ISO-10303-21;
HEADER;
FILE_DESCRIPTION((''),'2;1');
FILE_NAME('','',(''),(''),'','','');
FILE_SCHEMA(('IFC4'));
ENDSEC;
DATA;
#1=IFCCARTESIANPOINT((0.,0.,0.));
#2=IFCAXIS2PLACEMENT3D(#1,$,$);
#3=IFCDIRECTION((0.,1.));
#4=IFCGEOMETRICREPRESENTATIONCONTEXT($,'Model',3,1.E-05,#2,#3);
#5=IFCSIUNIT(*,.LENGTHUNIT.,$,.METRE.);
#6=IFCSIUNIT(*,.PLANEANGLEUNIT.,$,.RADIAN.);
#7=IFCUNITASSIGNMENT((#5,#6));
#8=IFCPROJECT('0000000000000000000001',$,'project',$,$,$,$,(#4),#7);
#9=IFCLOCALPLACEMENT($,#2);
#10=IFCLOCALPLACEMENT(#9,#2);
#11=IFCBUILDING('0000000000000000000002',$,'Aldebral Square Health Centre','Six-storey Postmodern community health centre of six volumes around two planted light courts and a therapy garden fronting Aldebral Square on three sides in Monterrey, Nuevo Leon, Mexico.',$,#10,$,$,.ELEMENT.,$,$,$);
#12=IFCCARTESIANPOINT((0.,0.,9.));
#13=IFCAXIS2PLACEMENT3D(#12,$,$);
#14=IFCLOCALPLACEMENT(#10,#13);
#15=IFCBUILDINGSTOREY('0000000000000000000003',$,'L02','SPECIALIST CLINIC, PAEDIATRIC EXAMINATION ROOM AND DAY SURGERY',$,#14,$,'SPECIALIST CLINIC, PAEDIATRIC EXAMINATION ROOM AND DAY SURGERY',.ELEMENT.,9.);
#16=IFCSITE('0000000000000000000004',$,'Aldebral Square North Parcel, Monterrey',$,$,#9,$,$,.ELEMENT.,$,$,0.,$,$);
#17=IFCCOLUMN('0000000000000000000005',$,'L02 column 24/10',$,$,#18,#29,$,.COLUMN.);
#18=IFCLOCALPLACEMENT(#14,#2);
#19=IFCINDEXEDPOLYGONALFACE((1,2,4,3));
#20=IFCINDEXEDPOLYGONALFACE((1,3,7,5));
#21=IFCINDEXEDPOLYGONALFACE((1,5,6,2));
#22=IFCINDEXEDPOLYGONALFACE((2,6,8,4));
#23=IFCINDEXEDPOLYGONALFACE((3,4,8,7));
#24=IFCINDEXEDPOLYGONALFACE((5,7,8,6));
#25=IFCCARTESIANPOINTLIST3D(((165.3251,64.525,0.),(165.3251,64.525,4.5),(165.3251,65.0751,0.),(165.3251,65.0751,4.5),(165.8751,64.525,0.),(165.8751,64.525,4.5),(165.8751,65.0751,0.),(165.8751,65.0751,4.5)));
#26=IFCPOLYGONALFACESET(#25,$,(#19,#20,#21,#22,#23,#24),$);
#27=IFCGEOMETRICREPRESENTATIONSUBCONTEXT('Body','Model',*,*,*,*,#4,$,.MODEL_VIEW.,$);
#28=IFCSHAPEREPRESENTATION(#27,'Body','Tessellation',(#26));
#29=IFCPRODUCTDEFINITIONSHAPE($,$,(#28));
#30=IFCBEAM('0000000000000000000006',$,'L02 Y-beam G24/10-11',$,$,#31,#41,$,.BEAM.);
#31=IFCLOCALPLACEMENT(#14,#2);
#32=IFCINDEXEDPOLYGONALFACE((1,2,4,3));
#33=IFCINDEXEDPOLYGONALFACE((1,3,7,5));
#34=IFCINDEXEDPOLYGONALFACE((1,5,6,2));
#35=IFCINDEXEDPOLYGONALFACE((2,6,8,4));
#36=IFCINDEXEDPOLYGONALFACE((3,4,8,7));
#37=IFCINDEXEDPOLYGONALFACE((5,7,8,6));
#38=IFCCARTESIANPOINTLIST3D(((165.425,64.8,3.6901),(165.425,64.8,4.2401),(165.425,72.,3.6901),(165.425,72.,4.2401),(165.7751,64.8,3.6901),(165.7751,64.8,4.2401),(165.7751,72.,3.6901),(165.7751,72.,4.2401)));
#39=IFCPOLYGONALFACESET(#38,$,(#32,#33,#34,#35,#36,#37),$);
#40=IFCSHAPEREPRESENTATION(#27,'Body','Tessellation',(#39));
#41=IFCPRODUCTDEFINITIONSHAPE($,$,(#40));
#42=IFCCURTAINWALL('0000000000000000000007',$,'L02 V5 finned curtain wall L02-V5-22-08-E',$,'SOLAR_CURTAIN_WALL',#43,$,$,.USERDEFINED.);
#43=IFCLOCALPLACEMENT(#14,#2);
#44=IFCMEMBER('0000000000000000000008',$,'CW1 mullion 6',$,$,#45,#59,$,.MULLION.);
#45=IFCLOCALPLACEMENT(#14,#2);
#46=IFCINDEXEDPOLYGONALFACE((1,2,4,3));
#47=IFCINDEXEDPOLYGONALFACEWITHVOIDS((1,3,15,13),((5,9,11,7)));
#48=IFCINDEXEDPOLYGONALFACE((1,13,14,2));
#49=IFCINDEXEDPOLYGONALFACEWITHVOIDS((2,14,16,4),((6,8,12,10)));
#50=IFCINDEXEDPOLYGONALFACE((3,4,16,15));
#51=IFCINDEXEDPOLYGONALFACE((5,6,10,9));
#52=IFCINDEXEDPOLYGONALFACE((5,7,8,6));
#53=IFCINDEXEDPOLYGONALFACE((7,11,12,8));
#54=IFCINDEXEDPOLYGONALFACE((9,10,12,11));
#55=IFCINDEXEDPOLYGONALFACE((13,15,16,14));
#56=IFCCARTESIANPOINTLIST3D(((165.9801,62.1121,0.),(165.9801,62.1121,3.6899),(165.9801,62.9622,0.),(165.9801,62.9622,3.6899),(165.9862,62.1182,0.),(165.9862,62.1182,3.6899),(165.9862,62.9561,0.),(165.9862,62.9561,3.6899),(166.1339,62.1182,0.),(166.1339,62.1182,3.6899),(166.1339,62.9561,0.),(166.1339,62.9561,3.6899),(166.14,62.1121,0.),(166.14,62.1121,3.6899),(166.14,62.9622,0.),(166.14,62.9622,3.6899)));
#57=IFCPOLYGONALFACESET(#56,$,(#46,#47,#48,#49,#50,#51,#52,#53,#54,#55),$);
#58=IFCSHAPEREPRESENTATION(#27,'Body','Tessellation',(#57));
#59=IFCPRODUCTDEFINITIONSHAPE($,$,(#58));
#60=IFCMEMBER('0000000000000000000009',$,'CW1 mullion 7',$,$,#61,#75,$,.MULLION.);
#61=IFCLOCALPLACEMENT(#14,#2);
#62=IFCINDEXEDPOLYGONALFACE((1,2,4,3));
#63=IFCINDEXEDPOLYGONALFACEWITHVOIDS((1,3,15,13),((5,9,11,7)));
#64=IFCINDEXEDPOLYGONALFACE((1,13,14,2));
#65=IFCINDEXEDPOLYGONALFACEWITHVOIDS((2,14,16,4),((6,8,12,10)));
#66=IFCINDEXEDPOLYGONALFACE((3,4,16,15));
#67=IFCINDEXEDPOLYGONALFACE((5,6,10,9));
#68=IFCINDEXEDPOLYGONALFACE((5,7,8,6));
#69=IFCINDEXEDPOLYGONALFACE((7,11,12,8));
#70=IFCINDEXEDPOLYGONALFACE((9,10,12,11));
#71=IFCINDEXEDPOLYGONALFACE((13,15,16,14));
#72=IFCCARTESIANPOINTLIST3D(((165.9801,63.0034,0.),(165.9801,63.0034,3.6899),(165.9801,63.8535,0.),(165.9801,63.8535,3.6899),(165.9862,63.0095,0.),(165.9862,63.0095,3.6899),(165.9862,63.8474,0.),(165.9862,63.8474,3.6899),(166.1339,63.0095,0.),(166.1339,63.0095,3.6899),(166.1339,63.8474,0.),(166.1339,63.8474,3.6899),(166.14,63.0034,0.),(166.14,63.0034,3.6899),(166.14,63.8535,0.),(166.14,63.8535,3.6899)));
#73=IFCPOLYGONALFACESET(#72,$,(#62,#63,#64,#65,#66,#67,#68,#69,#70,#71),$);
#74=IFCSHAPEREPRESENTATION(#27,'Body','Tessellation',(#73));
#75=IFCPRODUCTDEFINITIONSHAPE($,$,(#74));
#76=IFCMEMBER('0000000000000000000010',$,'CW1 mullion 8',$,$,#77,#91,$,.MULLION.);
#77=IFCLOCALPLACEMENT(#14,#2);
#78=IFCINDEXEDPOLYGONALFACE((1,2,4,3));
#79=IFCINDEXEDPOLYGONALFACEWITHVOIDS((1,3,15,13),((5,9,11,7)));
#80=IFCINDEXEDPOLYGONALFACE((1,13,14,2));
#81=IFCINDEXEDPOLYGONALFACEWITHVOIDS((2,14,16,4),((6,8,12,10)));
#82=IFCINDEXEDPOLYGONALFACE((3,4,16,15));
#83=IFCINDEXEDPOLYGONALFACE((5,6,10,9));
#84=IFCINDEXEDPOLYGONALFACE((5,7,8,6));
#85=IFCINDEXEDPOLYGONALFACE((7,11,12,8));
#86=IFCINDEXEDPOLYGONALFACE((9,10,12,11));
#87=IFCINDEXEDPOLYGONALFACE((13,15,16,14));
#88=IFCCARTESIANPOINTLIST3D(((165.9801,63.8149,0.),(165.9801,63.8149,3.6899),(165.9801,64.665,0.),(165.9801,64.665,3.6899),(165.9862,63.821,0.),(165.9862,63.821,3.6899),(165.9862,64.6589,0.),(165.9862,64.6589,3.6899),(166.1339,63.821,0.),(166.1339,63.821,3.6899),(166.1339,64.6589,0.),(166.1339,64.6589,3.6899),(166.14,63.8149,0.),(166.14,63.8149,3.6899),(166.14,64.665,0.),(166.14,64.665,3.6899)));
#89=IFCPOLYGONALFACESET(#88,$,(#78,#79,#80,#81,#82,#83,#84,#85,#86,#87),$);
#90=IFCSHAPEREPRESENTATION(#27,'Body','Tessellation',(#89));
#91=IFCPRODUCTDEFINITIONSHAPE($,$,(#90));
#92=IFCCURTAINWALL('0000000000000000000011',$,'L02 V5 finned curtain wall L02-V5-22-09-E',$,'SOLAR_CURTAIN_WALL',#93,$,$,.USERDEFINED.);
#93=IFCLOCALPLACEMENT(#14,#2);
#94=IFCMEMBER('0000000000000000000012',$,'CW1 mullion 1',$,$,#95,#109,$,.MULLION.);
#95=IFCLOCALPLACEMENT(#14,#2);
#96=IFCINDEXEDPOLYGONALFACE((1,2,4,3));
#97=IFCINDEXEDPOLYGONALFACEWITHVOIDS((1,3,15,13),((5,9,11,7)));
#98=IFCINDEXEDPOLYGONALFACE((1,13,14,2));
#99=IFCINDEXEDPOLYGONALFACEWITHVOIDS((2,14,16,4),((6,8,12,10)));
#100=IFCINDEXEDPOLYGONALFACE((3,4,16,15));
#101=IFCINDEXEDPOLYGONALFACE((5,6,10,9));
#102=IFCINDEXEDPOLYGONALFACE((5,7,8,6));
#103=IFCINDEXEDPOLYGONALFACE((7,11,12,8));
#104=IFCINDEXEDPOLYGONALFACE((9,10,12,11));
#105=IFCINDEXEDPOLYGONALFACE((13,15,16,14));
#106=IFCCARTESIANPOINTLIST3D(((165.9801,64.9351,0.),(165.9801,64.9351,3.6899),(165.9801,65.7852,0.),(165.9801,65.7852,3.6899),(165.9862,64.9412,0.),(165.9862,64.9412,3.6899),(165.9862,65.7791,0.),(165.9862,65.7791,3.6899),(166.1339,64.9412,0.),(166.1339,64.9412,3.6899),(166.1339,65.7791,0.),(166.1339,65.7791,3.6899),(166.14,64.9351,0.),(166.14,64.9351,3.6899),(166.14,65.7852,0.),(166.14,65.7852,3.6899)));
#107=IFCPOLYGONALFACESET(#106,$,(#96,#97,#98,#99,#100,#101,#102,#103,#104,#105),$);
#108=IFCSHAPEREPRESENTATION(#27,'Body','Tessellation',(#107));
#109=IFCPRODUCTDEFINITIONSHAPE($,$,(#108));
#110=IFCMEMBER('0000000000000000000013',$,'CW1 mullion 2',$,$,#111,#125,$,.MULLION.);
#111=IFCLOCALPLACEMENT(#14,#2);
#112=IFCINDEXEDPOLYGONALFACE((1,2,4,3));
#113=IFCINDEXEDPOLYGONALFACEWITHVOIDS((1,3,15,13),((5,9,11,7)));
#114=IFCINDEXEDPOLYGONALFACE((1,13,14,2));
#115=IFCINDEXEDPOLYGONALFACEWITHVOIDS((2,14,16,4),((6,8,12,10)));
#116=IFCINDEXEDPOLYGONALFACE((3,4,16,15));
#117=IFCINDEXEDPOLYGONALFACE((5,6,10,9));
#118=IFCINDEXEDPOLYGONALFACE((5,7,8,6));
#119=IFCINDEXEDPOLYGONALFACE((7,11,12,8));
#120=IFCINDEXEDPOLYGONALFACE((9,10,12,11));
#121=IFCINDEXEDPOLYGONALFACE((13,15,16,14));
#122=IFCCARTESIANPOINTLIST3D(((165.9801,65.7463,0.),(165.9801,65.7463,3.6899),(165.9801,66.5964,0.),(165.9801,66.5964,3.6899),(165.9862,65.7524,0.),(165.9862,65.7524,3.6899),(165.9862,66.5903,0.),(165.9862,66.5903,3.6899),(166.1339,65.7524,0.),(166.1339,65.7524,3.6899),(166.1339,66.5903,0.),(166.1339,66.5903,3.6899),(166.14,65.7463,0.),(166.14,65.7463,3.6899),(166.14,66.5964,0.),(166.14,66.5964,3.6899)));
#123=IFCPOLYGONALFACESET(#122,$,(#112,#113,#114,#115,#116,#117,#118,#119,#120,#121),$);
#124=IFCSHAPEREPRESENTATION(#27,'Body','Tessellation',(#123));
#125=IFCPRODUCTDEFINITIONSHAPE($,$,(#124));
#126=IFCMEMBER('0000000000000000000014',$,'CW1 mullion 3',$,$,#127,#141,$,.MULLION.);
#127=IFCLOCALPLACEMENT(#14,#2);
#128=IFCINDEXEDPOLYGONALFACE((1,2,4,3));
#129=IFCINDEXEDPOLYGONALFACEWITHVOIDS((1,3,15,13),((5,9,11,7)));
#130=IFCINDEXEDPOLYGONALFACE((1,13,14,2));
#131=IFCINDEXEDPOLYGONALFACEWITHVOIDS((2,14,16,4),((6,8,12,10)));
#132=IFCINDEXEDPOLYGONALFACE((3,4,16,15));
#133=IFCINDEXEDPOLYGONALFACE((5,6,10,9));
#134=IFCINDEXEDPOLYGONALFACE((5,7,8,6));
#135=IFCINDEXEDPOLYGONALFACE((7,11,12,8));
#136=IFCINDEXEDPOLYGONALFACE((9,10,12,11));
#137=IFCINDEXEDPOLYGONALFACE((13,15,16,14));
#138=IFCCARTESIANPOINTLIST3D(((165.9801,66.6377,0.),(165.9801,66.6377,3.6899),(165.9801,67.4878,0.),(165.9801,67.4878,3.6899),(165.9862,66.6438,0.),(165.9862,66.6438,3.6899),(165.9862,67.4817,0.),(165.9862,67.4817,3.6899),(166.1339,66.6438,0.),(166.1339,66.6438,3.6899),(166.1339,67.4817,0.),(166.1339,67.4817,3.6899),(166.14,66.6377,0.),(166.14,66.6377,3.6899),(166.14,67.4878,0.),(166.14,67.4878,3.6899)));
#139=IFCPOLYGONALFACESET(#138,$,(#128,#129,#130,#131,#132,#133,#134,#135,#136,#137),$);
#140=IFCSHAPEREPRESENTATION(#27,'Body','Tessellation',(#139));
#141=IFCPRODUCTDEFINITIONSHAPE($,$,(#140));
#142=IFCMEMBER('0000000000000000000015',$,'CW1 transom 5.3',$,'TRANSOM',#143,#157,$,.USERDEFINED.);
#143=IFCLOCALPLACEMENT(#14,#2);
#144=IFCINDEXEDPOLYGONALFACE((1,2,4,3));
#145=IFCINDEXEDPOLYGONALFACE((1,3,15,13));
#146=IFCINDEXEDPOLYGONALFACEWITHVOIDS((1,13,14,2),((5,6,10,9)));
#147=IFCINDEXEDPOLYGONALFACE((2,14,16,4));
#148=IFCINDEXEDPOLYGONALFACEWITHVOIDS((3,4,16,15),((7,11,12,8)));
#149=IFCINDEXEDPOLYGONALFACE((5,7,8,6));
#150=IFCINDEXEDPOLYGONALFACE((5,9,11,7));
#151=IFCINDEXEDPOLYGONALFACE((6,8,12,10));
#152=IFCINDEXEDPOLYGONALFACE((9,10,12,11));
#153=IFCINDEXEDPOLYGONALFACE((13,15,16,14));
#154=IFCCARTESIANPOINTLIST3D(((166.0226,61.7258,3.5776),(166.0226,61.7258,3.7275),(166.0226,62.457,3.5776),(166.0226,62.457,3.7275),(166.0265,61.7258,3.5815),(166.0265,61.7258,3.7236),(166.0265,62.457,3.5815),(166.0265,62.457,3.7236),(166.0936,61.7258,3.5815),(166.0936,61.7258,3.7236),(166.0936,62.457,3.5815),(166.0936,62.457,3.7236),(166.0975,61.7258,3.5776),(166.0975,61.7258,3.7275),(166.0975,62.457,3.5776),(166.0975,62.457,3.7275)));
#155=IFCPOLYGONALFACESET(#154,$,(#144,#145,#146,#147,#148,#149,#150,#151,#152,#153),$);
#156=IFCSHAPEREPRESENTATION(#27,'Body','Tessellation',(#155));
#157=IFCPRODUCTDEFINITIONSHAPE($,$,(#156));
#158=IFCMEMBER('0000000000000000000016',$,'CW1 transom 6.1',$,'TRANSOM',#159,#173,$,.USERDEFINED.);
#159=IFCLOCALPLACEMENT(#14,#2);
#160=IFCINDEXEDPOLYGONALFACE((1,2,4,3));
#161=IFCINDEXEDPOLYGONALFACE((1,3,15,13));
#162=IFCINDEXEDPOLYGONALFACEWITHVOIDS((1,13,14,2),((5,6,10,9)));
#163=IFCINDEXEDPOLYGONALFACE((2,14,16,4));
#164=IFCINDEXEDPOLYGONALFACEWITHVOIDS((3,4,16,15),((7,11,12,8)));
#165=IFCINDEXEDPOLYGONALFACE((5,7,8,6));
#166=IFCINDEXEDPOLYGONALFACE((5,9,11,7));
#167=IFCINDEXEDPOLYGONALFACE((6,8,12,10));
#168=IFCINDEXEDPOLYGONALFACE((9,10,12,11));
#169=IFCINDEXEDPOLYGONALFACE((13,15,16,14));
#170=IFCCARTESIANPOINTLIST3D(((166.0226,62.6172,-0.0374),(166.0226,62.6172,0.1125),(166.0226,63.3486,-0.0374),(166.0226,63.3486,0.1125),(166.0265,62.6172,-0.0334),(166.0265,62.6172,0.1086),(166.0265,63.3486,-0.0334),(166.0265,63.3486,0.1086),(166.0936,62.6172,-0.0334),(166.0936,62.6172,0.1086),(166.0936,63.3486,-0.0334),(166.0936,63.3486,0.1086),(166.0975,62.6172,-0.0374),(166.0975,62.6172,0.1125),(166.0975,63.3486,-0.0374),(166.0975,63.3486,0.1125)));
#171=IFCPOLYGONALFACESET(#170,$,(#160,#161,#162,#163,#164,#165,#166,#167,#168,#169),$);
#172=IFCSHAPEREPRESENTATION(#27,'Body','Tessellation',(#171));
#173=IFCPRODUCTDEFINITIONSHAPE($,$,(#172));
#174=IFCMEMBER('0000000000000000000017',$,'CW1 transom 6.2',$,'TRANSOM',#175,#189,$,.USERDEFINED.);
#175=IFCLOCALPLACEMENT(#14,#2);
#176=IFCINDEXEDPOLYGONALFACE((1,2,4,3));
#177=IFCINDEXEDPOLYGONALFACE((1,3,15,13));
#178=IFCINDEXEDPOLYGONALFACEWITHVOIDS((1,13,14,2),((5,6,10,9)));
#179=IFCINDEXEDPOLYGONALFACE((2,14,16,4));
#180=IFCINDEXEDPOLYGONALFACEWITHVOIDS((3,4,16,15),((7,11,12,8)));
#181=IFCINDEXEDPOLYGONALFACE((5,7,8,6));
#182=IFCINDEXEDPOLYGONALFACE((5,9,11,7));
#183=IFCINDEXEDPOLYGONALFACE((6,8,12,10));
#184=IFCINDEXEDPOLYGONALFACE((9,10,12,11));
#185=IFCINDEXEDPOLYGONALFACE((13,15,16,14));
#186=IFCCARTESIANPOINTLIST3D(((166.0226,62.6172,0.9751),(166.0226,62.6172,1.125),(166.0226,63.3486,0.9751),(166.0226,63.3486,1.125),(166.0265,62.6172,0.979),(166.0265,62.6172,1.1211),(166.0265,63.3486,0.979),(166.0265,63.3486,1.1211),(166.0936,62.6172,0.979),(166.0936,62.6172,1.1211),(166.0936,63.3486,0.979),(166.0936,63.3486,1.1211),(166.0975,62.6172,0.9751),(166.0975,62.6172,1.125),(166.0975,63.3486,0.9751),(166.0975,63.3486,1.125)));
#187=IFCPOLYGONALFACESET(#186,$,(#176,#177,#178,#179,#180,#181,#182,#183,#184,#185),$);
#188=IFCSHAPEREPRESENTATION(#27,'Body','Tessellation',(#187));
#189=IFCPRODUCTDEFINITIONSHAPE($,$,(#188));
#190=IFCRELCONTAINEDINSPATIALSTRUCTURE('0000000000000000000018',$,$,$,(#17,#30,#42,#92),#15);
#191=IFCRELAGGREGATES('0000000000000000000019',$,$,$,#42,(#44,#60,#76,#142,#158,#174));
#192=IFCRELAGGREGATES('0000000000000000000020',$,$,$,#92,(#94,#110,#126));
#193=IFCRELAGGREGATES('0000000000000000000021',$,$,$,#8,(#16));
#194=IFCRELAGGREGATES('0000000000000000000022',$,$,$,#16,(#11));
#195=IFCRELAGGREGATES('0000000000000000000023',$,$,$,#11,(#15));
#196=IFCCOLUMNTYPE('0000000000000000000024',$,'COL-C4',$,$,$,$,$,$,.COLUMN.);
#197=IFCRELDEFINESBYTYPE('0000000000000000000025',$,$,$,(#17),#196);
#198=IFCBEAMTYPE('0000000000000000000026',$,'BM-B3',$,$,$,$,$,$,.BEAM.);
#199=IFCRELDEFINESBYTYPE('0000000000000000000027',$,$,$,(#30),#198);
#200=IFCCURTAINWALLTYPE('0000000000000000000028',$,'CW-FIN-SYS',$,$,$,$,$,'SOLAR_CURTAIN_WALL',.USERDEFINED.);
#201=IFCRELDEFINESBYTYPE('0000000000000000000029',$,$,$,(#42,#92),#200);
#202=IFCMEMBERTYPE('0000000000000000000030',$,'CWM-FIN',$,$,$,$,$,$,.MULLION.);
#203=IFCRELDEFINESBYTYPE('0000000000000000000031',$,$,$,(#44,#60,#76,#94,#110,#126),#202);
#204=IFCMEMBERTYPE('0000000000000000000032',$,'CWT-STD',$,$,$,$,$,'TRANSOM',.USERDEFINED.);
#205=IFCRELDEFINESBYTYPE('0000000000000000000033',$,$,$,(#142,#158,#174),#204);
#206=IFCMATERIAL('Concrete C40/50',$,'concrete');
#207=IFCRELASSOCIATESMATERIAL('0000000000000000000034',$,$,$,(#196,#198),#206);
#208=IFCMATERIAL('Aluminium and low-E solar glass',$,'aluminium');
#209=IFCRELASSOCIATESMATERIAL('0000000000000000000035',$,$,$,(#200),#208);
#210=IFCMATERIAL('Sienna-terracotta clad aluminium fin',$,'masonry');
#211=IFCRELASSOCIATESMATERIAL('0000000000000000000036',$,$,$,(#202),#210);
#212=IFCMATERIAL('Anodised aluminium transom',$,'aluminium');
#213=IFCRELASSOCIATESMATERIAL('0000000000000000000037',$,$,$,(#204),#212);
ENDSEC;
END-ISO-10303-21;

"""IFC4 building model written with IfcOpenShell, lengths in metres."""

from ifc_helpers import new_model, si_unit, direction, frame, origin, origin_2d, place, context, subcontext, project, spatial, rectangle, hollow_rectangle, extrude, material, material_profile, profile_set, type_object, element, aggregate, save


model = new_model("IFC4")

# Units and contexts
model_context = context("Model", 3, precision=1e-05, world=origin(), true_north=direction((0.0, 1.0)))
body_context = subcontext(model_context, "Body", "Model", "MODEL_VIEW")
ifc_project = project(units=[si_unit("LENGTHUNIT", "METRE"), si_unit("PLANEANGLEUNIT", "RADIAN")], contexts=[model_context])

# Site, building, storey
site_placement = place(None, origin())
site = spatial("IfcSite", under=ifc_project, at=site_placement, Name="Aldebral Square North Parcel, Monterrey", CompositionType="ELEMENT", RefElevation=0.0)
building_placement = place(site_placement, origin())
building = spatial("IfcBuilding", under=site, at=building_placement, Name="Aldebral Square Health Centre", Description="Six-storey Postmodern community health centre of six volumes around two planted light courts and a therapy garden fronting Aldebral Square on three sides in Monterrey, Nuevo Leon, Mexico.", CompositionType="ELEMENT")
storey_placement = place(building_placement, frame((0.0, 0.0, 9.0)))
storey = spatial("IfcBuildingStorey", under=building, at=storey_placement, Name="L02", Description="SPECIALIST CLINIC, PAEDIATRIC EXAMINATION ROOM AND DAY SURGERY", LongName="SPECIALIST CLINIC, PAEDIATRIC EXAMINATION ROOM AND DAY SURGERY", CompositionType="ELEMENT", Elevation=9.0)

# Column
ifc_material_1 = material(Name="Concrete C40/50", Category="concrete")
ifc_material_profile_1 = material_profile(ifc_material_1, rectangle(XDim=0.55, YDim=0.55, at=origin_2d()), Name="RC 550x550")
ifc_profile_set_1 = profile_set([ifc_material_profile_1], Name="Concrete C40/50")
column_type = type_object("IfcColumnType", Name="COL-C4", PredefinedType="COLUMN", material=ifc_profile_set_1)
column_placement = place(storey_placement, frame((165.6001, 64.8, 0.0), z_axis=(0.0, 0.0, 1.0), x_axis=(1.0, 0.0, 0.0)))
element("IfcColumn", 1, at=column_placement, inside=storey, type_object=column_type, Name="L02 column 24/10", PredefinedType="COLUMN", context=body_context, shape_type="SweptSolid", body=[
    extrude(rectangle(XDim=0.55, YDim=0.55, at=origin_2d()), origin(), (0.0, 0.0, 1.0), 4.5),
])

# Beam
ifc_material_profile_2 = material_profile(ifc_material_1, rectangle(XDim=0.3501, YDim=0.55, at=origin_2d()), Name="RC 350x550")
ifc_profile_set_2 = profile_set([ifc_material_profile_2], Name="Concrete C40/50")
beam_type = type_object("IfcBeamType", Name="BM-B3", PredefinedType="BEAM", material=ifc_profile_set_2)
beam_placement = place(storey_placement, frame((165.6001, 64.8, 3.9651), z_axis=(0.0, 1.0, 0.0), x_axis=(-1.0, 0.0, 0.0)))
element("IfcBeam", 2, at=beam_placement, inside=storey, type_object=beam_type, Name="L02 Y-beam G24/10-11", PredefinedType="BEAM", context=body_context, shape_type="SweptSolid", body=[
    extrude(rectangle(XDim=0.3501, YDim=0.55, at=origin_2d()), origin(), (0.0, 0.0, 1.0), 7.2),
])

# Curtain walls, members
ifc_material_2 = material(Name="Aluminium and low-E solar glass", Category="aluminium")
curtain_wall_type = type_object("IfcCurtainWallType", Name="CW-FIN-SYS", ElementType="SOLAR_CURTAIN_WALL", PredefinedType="USERDEFINED", material=ifc_material_2)
curtain_wall_1_placement = place(storey_placement, origin())
curtain_wall_1 = element("IfcCurtainWall", 3, at=curtain_wall_1_placement, inside=storey, type_object=curtain_wall_type, Name="L02 V5 finned curtain wall L02-V5-22-08-E", ObjectType="SOLAR_CURTAIN_WALL", PredefinedType="USERDEFINED")
ifc_material_3 = material(Name="Sienna-terracotta clad aluminium fin", Category="masonry")
ifc_material_profile_3 = material_profile(ifc_material_3, hollow_rectangle(XDim=0.1599, YDim=0.8501, WallThickness=0.0061, at=origin_2d()), Name="FIN 160x850x6")
ifc_profile_set_3 = profile_set([ifc_material_profile_3], Name="Sienna-terracotta clad aluminium fin")
member_type_1 = type_object("IfcMemberType", Name="CWM-FIN", PredefinedType="MULLION", material=ifc_profile_set_3)
member_1_placement = place(storey_placement, frame((166.0601, 62.5371, 0.0), z_axis=(0.0, 0.0, 1.0), x_axis=(-1.0, 0.0, 0.0)))
member_1 = element("IfcMember", 4, at=member_1_placement, type_object=member_type_1, Name="CW1 mullion 6", PredefinedType="MULLION", context=body_context, shape_type="SweptSolid", body=[
    extrude(hollow_rectangle(XDim=0.1599, YDim=0.8501, WallThickness=0.0061, at=origin_2d()), origin(), (0.0, 0.0, 1.0), 3.6899),
])
member_2_placement = place(storey_placement, frame((166.0601, 63.4285, 0.0), z_axis=(0.0, 0.0, 1.0), x_axis=(-1.0, 0.0, 0.0)))
member_2 = element("IfcMember", 5, at=member_2_placement, type_object=member_type_1, Name="CW1 mullion 7", PredefinedType="MULLION", context=body_context, shape_type="SweptSolid", body=[
    extrude(hollow_rectangle(XDim=0.1599, YDim=0.8501, WallThickness=0.0061, at=origin_2d()), origin(), (0.0, 0.0, 1.0), 3.6899),
])
member_3_placement = place(storey_placement, frame((166.0601, 64.24, 0.0), z_axis=(0.0, 0.0, 1.0), x_axis=(-1.0, 0.0, 0.0)))
member_3 = element("IfcMember", 6, at=member_3_placement, type_object=member_type_1, Name="CW1 mullion 8", PredefinedType="MULLION", context=body_context, shape_type="SweptSolid", body=[
    extrude(hollow_rectangle(XDim=0.1599, YDim=0.8501, WallThickness=0.0061, at=origin_2d()), origin(), (0.0, 0.0, 1.0), 3.6899),
])
curtain_wall_2_placement = place(storey_placement, origin())
curtain_wall_2 = element("IfcCurtainWall", 7, at=curtain_wall_2_placement, inside=storey, type_object=curtain_wall_type, Name="L02 V5 finned curtain wall L02-V5-22-09-E", ObjectType="SOLAR_CURTAIN_WALL", PredefinedType="USERDEFINED")
member_4_placement = place(storey_placement, frame((166.0601, 65.3601, 0.0), z_axis=(0.0, 0.0, 1.0), x_axis=(-1.0, 0.0, 0.0)))
member_4 = element("IfcMember", 8, at=member_4_placement, type_object=member_type_1, Name="CW1 mullion 1", PredefinedType="MULLION", context=body_context, shape_type="SweptSolid", body=[
    extrude(hollow_rectangle(XDim=0.1599, YDim=0.8501, WallThickness=0.0061, at=origin_2d()), origin(), (0.0, 0.0, 1.0), 3.6899),
])
member_5_placement = place(storey_placement, frame((166.0601, 66.1714, 0.0), z_axis=(0.0, 0.0, 1.0), x_axis=(-1.0, 0.0, 0.0)))
member_5 = element("IfcMember", 9, at=member_5_placement, type_object=member_type_1, Name="CW1 mullion 2", PredefinedType="MULLION", context=body_context, shape_type="SweptSolid", body=[
    extrude(hollow_rectangle(XDim=0.1599, YDim=0.8501, WallThickness=0.0061, at=origin_2d()), origin(), (0.0, 0.0, 1.0), 3.6899),
])
member_6_placement = place(storey_placement, frame((166.0601, 67.0627, 0.0), z_axis=(0.0, 0.0, 1.0), x_axis=(-1.0, 0.0, 0.0)))
member_6 = element("IfcMember", 10, at=member_6_placement, type_object=member_type_1, Name="CW1 mullion 3", PredefinedType="MULLION", context=body_context, shape_type="SweptSolid", body=[
    extrude(hollow_rectangle(XDim=0.1599, YDim=0.8501, WallThickness=0.0061, at=origin_2d()), origin(), (0.0, 0.0, 1.0), 3.6899),
])

# Members
ifc_material_4 = material(Name="Anodised aluminium transom", Category="aluminium")
ifc_material_profile_4 = material_profile(ifc_material_4, hollow_rectangle(XDim=0.075, YDim=0.1499, WallThickness=0.0039, at=origin_2d()), Name="CWT 75x150x4")
ifc_profile_set_4 = profile_set([ifc_material_profile_4], Name="Anodised aluminium transom")
member_type_2 = type_object("IfcMemberType", Name="CWT-STD", ElementType="TRANSOM", PredefinedType="USERDEFINED", material=ifc_profile_set_4)
member_7_placement = place(storey_placement, frame((166.0601, 61.7258, 3.6526), z_axis=(0.0, 1.0, 0.0), x_axis=(-1.0, 0.0, 0.0)))
member_7 = element("IfcMember", 11, at=member_7_placement, type_object=member_type_2, Name="CW1 transom 5.3", ObjectType="TRANSOM", PredefinedType="USERDEFINED", context=body_context, shape_type="SweptSolid", body=[
    extrude(hollow_rectangle(XDim=0.075, YDim=0.1499, WallThickness=0.0039, at=origin_2d()), origin(), (0.0, 0.0, 1.0), 0.7312),
])
member_8_placement = place(storey_placement, frame((166.0601, 62.6172, 0.0376), z_axis=(0.0, 1.0, 0.0), x_axis=(-1.0, 0.0, 0.0)))
member_8 = element("IfcMember", 12, at=member_8_placement, type_object=member_type_2, Name="CW1 transom 6.1", ObjectType="TRANSOM", PredefinedType="USERDEFINED", context=body_context, shape_type="SweptSolid", body=[
    extrude(hollow_rectangle(XDim=0.075, YDim=0.1499, WallThickness=0.0039, at=origin_2d()), origin(), (0.0, 0.0, 1.0), 0.7314),
])
member_9_placement = place(storey_placement, frame((166.0601, 62.6172, 1.05), z_axis=(0.0, 1.0, 0.0), x_axis=(-1.0, 0.0, 0.0)))
member_9 = element("IfcMember", 13, at=member_9_placement, type_object=member_type_2, Name="CW1 transom 6.2", ObjectType="TRANSOM", PredefinedType="USERDEFINED", context=body_context, shape_type="SweptSolid", body=[
    extrude(hollow_rectangle(XDim=0.075, YDim=0.1499, WallThickness=0.0039, at=origin_2d()), origin(), (0.0, 0.0, 1.0), 0.7314),
])

aggregate(curtain_wall_1, [member_1, member_2, member_3, member_7, member_8, member_9])
aggregate(curtain_wall_2, [member_4, member_5, member_6])

save(model, "model.ifc")
